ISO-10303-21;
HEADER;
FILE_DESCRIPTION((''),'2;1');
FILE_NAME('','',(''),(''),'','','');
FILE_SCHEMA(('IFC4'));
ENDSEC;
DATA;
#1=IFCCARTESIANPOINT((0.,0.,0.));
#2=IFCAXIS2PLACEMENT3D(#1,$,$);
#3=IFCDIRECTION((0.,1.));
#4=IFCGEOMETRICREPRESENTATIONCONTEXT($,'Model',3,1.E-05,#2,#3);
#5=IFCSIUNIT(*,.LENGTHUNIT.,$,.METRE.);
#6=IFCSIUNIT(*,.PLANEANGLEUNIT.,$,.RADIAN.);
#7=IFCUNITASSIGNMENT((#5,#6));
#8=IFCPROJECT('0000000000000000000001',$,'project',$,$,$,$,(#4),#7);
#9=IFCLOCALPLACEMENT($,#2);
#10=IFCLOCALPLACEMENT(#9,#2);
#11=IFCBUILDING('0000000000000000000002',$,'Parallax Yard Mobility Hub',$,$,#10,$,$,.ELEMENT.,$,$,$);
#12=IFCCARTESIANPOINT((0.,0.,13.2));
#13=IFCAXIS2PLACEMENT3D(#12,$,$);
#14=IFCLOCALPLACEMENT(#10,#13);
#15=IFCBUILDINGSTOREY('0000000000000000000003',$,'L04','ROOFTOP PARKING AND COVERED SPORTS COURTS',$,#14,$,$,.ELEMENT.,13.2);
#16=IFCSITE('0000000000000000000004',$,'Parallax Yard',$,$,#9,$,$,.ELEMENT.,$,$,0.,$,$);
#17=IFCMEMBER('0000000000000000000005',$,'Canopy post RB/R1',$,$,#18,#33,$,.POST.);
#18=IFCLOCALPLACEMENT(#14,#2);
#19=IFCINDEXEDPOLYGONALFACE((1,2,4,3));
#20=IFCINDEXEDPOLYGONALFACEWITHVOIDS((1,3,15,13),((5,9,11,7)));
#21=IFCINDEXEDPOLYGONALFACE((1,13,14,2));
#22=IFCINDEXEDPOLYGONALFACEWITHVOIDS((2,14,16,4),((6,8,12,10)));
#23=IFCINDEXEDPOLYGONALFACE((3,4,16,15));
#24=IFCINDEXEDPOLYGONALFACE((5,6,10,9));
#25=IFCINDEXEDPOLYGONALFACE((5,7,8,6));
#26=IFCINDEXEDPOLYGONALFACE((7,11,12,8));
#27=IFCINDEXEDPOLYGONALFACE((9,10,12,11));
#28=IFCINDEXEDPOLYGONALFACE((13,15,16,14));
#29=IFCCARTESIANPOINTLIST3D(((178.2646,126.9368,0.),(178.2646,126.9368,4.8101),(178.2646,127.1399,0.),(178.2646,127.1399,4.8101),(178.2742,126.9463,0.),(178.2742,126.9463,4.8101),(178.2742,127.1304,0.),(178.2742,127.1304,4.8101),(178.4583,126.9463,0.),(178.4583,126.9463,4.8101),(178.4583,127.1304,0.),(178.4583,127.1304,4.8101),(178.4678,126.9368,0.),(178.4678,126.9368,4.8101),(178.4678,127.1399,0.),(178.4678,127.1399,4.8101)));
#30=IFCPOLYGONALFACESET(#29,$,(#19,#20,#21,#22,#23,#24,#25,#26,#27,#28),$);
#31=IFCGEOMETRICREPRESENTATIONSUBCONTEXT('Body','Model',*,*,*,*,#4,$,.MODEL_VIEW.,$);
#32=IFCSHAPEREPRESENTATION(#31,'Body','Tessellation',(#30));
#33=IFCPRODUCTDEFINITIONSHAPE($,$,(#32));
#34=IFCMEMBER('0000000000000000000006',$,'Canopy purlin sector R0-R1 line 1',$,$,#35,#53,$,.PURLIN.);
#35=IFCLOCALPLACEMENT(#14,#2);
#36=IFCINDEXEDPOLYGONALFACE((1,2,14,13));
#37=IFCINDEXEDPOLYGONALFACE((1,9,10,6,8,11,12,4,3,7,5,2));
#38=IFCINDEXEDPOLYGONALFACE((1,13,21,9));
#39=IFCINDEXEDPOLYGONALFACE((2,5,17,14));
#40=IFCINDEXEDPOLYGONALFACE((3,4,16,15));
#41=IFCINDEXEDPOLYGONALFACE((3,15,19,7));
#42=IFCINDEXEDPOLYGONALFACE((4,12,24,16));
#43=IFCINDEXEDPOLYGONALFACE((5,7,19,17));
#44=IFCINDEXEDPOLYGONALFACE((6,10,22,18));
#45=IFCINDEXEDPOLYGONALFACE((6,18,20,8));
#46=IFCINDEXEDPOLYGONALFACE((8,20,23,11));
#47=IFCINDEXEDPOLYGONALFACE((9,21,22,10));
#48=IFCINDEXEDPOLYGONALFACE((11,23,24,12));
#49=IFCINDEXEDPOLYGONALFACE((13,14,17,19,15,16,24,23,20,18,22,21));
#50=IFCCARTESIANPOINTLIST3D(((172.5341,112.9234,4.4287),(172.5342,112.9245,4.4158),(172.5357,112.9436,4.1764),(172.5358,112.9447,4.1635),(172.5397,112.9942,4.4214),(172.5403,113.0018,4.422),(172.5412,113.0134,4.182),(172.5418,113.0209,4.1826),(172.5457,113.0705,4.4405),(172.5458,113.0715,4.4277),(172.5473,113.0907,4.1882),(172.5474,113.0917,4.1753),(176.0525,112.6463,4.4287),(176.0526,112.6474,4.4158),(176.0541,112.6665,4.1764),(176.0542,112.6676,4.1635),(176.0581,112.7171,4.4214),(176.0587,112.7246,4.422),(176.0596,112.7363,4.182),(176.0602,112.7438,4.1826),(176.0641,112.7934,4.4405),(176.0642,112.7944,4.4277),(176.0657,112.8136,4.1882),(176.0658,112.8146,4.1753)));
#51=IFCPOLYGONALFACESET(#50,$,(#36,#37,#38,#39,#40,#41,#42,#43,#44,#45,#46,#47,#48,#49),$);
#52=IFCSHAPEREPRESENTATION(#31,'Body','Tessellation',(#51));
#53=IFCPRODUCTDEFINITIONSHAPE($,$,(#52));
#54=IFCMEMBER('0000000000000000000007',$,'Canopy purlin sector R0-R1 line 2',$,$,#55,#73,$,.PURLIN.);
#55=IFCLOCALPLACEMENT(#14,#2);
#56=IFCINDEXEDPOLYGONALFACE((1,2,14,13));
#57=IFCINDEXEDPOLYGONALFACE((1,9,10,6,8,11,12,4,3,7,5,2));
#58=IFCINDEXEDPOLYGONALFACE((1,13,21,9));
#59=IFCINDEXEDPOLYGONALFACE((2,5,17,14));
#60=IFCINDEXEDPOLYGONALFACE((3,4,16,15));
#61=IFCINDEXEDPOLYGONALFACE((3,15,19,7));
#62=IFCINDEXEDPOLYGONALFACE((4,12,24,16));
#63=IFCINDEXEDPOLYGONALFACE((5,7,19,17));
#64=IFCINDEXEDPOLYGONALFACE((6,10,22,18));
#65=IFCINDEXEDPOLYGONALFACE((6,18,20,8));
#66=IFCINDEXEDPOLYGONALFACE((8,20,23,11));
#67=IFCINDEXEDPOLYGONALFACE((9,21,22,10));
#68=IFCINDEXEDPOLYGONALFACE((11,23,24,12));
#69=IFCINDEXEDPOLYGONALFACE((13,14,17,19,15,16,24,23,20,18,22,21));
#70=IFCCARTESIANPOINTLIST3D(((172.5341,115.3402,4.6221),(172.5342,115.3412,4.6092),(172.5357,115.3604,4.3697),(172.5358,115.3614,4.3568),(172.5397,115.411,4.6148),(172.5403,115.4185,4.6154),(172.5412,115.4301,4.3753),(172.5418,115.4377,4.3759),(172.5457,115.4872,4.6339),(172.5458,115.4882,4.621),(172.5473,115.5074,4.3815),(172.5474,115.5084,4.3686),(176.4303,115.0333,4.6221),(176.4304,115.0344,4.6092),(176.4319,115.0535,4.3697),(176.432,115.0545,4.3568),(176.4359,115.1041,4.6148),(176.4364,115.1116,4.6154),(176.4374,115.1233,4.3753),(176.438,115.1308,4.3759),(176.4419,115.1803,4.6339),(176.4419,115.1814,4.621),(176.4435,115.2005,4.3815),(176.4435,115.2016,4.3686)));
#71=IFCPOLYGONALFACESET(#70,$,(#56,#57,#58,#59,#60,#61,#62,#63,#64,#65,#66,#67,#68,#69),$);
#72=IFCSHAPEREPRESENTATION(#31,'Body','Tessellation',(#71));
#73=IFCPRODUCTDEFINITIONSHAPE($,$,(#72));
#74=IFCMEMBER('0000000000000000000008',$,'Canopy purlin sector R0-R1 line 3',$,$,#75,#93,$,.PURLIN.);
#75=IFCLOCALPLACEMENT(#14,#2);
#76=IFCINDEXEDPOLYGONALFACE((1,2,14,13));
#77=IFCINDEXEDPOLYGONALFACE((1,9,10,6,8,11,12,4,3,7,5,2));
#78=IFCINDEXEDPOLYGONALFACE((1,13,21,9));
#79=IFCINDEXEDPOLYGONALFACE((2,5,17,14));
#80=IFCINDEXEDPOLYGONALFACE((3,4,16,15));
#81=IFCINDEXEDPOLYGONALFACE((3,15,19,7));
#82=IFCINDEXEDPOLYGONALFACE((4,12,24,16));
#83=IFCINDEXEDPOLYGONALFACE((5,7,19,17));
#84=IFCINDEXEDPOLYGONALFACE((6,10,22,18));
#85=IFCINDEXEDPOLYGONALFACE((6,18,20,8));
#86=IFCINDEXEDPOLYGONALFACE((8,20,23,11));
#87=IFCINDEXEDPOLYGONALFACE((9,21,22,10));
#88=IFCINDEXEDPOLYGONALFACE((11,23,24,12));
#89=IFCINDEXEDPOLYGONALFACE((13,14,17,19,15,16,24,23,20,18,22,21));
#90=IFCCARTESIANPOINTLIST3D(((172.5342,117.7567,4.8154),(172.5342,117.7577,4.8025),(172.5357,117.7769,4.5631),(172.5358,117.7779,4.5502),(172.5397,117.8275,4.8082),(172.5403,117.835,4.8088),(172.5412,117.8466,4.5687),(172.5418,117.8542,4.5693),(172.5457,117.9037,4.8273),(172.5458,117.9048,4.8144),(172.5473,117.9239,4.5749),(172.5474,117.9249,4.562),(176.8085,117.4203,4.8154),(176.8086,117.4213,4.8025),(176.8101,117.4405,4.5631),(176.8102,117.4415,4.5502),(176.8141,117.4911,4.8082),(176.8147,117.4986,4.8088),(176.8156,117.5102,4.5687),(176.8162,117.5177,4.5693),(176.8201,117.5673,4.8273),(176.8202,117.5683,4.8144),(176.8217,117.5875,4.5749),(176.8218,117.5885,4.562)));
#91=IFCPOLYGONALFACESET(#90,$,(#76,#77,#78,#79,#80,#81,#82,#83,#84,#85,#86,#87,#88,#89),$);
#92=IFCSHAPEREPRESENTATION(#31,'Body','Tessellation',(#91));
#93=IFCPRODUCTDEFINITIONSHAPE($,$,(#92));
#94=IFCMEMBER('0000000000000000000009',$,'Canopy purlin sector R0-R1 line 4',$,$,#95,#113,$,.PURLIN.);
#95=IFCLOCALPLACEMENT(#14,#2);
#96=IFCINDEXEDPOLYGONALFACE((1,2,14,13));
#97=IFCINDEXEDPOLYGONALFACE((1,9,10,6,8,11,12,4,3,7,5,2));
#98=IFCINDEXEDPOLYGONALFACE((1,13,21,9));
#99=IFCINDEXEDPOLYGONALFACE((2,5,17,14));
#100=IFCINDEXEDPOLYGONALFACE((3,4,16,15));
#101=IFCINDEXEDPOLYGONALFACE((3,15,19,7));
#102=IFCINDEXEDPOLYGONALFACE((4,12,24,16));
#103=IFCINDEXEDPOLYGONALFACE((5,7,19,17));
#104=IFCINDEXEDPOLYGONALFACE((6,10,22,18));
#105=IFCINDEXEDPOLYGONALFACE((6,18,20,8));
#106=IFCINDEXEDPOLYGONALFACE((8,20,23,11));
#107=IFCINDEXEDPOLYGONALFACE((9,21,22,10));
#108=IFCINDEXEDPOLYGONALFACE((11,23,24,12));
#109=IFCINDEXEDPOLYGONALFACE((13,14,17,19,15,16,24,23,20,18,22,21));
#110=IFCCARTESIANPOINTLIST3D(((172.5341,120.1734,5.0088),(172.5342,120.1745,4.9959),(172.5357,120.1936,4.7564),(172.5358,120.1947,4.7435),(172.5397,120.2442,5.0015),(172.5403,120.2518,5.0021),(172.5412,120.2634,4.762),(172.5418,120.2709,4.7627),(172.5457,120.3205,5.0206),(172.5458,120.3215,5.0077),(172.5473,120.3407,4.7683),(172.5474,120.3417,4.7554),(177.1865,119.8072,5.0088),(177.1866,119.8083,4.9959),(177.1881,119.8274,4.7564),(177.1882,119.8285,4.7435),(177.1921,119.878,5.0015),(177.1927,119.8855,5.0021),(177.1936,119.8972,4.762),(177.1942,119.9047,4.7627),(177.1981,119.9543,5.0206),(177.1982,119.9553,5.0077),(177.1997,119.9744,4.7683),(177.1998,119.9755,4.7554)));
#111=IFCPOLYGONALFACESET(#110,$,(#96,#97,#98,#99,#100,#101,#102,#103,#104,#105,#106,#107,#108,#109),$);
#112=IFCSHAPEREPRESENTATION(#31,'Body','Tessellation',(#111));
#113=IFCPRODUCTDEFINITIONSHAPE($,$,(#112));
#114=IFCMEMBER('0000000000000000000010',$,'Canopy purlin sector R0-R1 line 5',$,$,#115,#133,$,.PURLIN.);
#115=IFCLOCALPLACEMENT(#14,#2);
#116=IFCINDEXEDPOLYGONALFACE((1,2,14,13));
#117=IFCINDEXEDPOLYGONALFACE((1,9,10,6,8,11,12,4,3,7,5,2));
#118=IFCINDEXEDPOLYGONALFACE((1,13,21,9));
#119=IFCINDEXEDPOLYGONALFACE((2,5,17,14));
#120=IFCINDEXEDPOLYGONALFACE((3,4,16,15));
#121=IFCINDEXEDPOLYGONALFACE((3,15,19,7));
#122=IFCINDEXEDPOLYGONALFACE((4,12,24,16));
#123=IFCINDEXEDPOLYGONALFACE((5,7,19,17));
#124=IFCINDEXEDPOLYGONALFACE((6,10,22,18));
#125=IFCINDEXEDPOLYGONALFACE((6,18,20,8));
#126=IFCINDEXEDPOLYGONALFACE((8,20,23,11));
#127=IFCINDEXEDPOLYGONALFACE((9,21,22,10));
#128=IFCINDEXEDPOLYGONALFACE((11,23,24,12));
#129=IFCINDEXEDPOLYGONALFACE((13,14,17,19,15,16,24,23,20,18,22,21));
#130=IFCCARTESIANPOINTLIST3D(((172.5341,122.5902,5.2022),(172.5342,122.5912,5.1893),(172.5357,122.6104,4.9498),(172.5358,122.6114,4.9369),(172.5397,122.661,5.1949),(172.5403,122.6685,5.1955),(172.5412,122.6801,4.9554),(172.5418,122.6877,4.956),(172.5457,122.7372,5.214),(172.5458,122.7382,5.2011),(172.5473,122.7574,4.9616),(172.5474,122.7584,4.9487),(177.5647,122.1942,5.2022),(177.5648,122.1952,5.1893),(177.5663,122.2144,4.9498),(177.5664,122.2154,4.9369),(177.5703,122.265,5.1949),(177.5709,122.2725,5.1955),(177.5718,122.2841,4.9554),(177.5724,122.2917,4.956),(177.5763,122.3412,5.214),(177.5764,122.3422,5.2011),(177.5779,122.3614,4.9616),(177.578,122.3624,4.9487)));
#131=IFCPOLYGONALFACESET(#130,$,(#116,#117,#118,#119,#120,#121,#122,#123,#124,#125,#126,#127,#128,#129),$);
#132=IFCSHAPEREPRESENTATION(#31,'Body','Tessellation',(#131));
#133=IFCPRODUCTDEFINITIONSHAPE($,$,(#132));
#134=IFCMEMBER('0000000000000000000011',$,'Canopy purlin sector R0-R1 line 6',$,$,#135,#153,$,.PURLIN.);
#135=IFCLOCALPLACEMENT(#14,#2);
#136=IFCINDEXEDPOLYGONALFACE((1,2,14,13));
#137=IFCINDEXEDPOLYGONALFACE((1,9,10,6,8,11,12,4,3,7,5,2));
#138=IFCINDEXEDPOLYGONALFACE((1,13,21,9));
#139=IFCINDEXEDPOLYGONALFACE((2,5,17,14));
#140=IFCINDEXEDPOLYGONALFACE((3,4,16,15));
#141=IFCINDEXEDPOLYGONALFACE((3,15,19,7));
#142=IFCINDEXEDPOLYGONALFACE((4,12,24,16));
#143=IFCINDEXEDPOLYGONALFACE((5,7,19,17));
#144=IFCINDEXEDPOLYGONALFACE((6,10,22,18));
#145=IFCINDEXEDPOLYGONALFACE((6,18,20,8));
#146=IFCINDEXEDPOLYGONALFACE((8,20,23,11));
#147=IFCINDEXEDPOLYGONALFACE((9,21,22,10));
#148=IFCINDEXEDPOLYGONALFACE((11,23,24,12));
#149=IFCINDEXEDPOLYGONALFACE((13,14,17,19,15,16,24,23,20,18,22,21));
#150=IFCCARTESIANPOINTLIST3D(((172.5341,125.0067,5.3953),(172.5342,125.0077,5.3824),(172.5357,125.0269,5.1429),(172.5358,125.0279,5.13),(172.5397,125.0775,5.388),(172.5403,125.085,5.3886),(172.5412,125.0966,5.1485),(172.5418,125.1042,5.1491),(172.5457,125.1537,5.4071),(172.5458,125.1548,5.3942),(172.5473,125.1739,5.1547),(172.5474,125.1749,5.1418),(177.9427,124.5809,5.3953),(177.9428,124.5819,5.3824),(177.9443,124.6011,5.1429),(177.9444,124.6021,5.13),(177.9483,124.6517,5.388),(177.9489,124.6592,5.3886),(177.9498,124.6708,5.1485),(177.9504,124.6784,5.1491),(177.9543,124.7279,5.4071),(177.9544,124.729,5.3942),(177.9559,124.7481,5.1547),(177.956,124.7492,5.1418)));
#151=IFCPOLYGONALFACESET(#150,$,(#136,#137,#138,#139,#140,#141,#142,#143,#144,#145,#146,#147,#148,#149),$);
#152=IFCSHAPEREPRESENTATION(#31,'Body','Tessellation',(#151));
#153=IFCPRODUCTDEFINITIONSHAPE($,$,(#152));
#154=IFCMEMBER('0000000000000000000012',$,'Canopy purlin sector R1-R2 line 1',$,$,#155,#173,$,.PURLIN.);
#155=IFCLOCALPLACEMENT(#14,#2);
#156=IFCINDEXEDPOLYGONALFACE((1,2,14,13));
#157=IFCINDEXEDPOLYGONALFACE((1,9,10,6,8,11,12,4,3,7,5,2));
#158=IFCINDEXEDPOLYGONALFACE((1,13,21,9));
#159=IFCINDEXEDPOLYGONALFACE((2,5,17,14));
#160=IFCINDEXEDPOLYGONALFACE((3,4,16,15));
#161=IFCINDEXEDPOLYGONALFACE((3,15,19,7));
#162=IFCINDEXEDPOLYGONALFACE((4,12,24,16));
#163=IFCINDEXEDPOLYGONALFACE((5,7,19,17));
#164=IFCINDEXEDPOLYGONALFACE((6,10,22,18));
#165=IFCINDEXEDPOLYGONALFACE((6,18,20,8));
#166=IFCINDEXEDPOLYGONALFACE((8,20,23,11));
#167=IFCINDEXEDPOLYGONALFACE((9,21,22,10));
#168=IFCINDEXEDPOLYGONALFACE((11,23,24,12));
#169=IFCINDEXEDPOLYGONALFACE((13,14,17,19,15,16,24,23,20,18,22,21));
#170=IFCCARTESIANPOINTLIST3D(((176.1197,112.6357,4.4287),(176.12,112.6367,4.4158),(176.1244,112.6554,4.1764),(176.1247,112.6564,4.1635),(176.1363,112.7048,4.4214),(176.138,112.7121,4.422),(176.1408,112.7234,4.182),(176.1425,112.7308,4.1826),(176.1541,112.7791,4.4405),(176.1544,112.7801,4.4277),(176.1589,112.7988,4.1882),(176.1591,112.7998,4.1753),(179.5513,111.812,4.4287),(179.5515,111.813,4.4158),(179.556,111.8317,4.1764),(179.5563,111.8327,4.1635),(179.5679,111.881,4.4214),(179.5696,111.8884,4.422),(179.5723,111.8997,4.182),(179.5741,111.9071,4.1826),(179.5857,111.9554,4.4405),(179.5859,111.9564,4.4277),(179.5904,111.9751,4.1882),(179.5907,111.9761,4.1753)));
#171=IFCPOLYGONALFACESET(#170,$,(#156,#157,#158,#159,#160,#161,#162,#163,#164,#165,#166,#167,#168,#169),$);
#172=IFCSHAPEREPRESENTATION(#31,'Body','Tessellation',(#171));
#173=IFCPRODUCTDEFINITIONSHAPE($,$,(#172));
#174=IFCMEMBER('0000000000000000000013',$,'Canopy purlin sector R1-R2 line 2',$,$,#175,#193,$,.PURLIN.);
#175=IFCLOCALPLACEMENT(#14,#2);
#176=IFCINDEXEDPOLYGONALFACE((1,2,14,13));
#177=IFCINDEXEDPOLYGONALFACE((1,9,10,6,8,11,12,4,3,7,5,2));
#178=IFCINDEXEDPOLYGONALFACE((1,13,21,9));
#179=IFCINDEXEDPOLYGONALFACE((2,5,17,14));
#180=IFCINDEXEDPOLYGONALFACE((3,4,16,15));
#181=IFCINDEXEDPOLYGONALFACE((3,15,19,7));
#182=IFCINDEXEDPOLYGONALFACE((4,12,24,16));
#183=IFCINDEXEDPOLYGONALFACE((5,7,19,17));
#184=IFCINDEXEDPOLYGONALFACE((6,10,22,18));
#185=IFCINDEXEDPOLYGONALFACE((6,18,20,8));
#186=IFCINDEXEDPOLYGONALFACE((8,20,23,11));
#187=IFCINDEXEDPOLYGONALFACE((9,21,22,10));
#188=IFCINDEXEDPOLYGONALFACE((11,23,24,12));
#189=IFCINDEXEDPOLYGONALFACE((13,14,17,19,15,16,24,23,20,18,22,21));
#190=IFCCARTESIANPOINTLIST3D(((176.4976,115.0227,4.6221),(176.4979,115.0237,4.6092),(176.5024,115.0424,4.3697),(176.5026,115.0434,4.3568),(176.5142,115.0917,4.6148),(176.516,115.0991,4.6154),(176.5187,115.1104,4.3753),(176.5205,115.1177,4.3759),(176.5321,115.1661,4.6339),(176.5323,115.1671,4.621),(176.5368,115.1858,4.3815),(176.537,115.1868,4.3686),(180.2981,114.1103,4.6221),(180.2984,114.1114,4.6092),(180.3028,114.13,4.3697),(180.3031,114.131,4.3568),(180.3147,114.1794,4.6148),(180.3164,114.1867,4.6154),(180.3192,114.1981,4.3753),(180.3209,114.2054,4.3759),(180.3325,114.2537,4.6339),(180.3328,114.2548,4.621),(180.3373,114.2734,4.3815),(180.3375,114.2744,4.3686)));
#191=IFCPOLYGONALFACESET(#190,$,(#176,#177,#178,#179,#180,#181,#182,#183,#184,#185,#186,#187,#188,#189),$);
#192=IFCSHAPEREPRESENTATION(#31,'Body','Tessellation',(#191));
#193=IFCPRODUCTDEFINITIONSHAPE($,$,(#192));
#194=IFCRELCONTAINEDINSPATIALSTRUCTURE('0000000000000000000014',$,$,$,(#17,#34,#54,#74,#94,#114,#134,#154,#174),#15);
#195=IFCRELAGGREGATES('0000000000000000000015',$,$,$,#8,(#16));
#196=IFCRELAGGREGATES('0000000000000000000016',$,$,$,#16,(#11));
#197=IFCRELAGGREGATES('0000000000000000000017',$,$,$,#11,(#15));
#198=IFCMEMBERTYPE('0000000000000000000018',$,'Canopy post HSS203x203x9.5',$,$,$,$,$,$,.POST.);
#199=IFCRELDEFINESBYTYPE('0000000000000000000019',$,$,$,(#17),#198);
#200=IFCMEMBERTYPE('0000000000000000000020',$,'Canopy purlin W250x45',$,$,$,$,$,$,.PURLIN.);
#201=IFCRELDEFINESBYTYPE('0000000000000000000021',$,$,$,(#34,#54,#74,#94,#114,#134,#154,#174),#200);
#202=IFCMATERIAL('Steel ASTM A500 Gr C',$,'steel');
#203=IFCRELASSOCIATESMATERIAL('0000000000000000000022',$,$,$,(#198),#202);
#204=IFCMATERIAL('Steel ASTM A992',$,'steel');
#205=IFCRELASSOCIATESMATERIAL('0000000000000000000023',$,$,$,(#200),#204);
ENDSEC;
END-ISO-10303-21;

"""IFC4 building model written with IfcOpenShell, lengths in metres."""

from ifc_helpers import new_model, si_unit, direction, frame, origin, origin_2d, place, context, subcontext, project, spatial, hollow_rectangle, i_section, extrude, material, material_profile, profile_set, type_object, element, save


model = new_model("IFC4")

# Units and contexts
model_context = context("Model", 3, precision=1e-05, world=origin(), true_north=direction((0.0, 1.0)))
body_context = subcontext(model_context, "Body", "Model", "MODEL_VIEW")
ifc_project = project(units=[si_unit("LENGTHUNIT", "METRE"), si_unit("PLANEANGLEUNIT", "RADIAN")], contexts=[model_context])

# Site, building, storey
site_placement = place(None, origin())
site = spatial("IfcSite", under=ifc_project, at=site_placement, Name="Parallax Yard", CompositionType="ELEMENT", RefElevation=0.0)
building_placement = place(site_placement, origin())
building = spatial("IfcBuilding", under=site, at=building_placement, Name="Parallax Yard Mobility Hub", CompositionType="ELEMENT")
storey_placement = place(building_placement, frame((0.0, 0.0, 13.2)))
storey = spatial("IfcBuildingStorey", under=building, at=storey_placement, Name="L04", Description="ROOFTOP PARKING AND COVERED SPORTS COURTS", CompositionType="ELEMENT", Elevation=13.2)

# Members
ifc_material_1 = material(Name="Steel ASTM A500 Gr C", Category="steel")
ifc_material_profile_1 = material_profile(ifc_material_1, hollow_rectangle(XDim=0.2031, YDim=0.2031, WallThickness=0.0095, at=origin_2d()), Name="HSS203x203x9.5")
ifc_profile_set_1 = profile_set([ifc_material_profile_1], Name="Steel ASTM A500 Gr C")
member_type_1 = type_object("IfcMemberType", Name="Canopy post HSS203x203x9.5", PredefinedType="POST", material=ifc_profile_set_1)
member_1_placement = place(storey_placement, frame((178.3662, 127.0383, 0.0), z_axis=(0.0, 0.0, 1.0), x_axis=(1.0, 0.0, 0.0)))
element("IfcMember", 1, at=member_1_placement, inside=storey, type_object=member_type_1, Name="Canopy post RB/R1", PredefinedType="POST", context=body_context, shape_type="SweptSolid", body=[
    extrude(hollow_rectangle(XDim=0.2031, YDim=0.2031, WallThickness=0.0095, at=origin_2d()), origin(), (0.0, 0.0, 1.0), 4.8101),
])
ifc_material_2 = material(Name="Steel ASTM A992", Category="steel")
ifc_material_profile_2 = material_profile(ifc_material_2, i_section(OverallWidth=0.1479, OverallDepth=0.2661, WebThickness=0.0076, FlangeThickness=0.0129, at=origin_2d()), Name="W250x45")
ifc_profile_set_2 = profile_set([ifc_material_profile_2], Name="Steel ASTM A992")
member_type_2 = type_object("IfcMemberType", Name="Canopy purlin W250x45", PredefinedType="PURLIN", material=ifc_profile_set_2)
member_2_placement = place(storey_placement, frame((172.5408, 113.0076, 4.302), z_axis=(0.996913, -0.078516, 0.0), x_axis=(0.078265, 0.993718, 0.07999)))
element("IfcMember", 2, at=member_2_placement, inside=storey, type_object=member_type_2, Name="Canopy purlin sector R0-R1 line 1", PredefinedType="PURLIN", context=body_context, shape_type="SweptSolid", body=[
    extrude(i_section(OverallWidth=0.1479, OverallDepth=0.2661, WebThickness=0.0076, FlangeThickness=0.0129, at=origin_2d()), origin(), (0.0, 0.0, 1.0), 3.5293),
])
member_3_placement = place(storey_placement, frame((172.5408, 115.4243, 4.4954), z_axis=(0.996912, -0.078521, 0.0), x_axis=(0.07827, 0.993718, 0.07999)))
element("IfcMember", 3, at=member_3_placement, inside=storey, type_object=member_type_2, Name="Canopy purlin sector R0-R1 line 2", PredefinedType="PURLIN", context=body_context, shape_type="SweptSolid", body=[
    extrude(i_section(OverallWidth=0.1479, OverallDepth=0.2661, WebThickness=0.0076, FlangeThickness=0.0129, at=origin_2d()), origin(), (0.0, 0.0, 1.0), 3.9082),
])
member_4_placement = place(storey_placement, frame((172.5408, 117.8408, 4.6887), z_axis=(0.996917, -0.078464, 0.0), x_axis=(0.078213, 0.993722, 0.07999)))
element("IfcMember", 4, at=member_4_placement, inside=storey, type_object=member_type_2, Name="Canopy purlin sector R0-R1 line 3", PredefinedType="PURLIN", context=body_context, shape_type="SweptSolid", body=[
    extrude(i_section(OverallWidth=0.1479, OverallDepth=0.2661, WebThickness=0.0076, FlangeThickness=0.0129, at=origin_2d()), origin(), (0.0, 0.0, 1.0), 4.2876),
])
member_5_placement = place(storey_placement, frame((172.5408, 120.2576, 4.8821), z_axis=(0.996916, -0.078473, 0.0), x_axis=(0.078221, 0.993722, 0.07999)))
element("IfcMember", 5, at=member_5_placement, inside=storey, type_object=member_type_2, Name="Canopy purlin sector R0-R1 line 4", PredefinedType="PURLIN", context=body_context, shape_type="SweptSolid", body=[
    extrude(i_section(OverallWidth=0.1479, OverallDepth=0.2661, WebThickness=0.0076, FlangeThickness=0.0129, at=origin_2d()), origin(), (0.0, 0.0, 1.0), 4.6667),
])
member_6_placement = place(storey_placement, frame((172.5408, 122.6743, 5.0754), z_axis=(0.996916, -0.078476, 0.0), x_axis=(0.078225, 0.993722, 0.07999)))
element("IfcMember", 6, at=member_6_placement, inside=storey, type_object=member_type_2, Name="Canopy purlin sector R0-R1 line 5", PredefinedType="PURLIN", context=body_context, shape_type="SweptSolid", body=[
    extrude(i_section(OverallWidth=0.1479, OverallDepth=0.2661, WebThickness=0.0076, FlangeThickness=0.0129, at=origin_2d()), origin(), (0.0, 0.0, 1.0), 5.0461),
])
member_7_placement = place(storey_placement, frame((172.5408, 125.0908, 5.2686), z_axis=(0.996915, -0.078482, 0.0), x_axis=(0.078231, 0.993721, 0.07999)))
element("IfcMember", 7, at=member_7_placement, inside=storey, type_object=member_type_2, Name="Canopy purlin sector R0-R1 line 6", PredefinedType="PURLIN", context=body_context, shape_type="SweptSolid", body=[
    extrude(i_section(OverallWidth=0.1479, OverallDepth=0.2661, WebThickness=0.0076, FlangeThickness=0.0129, at=origin_2d()), origin(), (0.0, 0.0, 1.0), 5.4253),
])
member_8_placement = place(storey_placement, frame((176.1394, 112.7178, 4.302), z_axis=(0.972379, -0.23341, 0.0), x_axis=(0.232662, 0.969263, 0.07999)))
element("IfcMember", 8, at=member_8_placement, inside=storey, type_object=member_type_2, Name="Canopy purlin sector R1-R2 line 1", PredefinedType="PURLIN", context=body_context, shape_type="SweptSolid", body=[
    extrude(i_section(OverallWidth=0.1479, OverallDepth=0.2661, WebThickness=0.0076, FlangeThickness=0.0129, at=origin_2d()), origin(), (0.0, 0.0, 1.0), 3.5291),
])
member_9_placement = place(storey_placement, frame((176.5173, 115.1047, 4.4954), z_axis=(0.972374, -0.233427, 0.0), x_axis=(0.232679, 0.969258, 0.07999)))
element("IfcMember", 9, at=member_9_placement, inside=storey, type_object=member_type_2, Name="Canopy purlin sector R1-R2 line 2", PredefinedType="PURLIN", context=body_context, shape_type="SweptSolid", body=[
    extrude(i_section(OverallWidth=0.1479, OverallDepth=0.2661, WebThickness=0.0076, FlangeThickness=0.0129, at=origin_2d()), origin(), (0.0, 0.0, 1.0), 3.9084),
])

save(model, "model.ifc")
